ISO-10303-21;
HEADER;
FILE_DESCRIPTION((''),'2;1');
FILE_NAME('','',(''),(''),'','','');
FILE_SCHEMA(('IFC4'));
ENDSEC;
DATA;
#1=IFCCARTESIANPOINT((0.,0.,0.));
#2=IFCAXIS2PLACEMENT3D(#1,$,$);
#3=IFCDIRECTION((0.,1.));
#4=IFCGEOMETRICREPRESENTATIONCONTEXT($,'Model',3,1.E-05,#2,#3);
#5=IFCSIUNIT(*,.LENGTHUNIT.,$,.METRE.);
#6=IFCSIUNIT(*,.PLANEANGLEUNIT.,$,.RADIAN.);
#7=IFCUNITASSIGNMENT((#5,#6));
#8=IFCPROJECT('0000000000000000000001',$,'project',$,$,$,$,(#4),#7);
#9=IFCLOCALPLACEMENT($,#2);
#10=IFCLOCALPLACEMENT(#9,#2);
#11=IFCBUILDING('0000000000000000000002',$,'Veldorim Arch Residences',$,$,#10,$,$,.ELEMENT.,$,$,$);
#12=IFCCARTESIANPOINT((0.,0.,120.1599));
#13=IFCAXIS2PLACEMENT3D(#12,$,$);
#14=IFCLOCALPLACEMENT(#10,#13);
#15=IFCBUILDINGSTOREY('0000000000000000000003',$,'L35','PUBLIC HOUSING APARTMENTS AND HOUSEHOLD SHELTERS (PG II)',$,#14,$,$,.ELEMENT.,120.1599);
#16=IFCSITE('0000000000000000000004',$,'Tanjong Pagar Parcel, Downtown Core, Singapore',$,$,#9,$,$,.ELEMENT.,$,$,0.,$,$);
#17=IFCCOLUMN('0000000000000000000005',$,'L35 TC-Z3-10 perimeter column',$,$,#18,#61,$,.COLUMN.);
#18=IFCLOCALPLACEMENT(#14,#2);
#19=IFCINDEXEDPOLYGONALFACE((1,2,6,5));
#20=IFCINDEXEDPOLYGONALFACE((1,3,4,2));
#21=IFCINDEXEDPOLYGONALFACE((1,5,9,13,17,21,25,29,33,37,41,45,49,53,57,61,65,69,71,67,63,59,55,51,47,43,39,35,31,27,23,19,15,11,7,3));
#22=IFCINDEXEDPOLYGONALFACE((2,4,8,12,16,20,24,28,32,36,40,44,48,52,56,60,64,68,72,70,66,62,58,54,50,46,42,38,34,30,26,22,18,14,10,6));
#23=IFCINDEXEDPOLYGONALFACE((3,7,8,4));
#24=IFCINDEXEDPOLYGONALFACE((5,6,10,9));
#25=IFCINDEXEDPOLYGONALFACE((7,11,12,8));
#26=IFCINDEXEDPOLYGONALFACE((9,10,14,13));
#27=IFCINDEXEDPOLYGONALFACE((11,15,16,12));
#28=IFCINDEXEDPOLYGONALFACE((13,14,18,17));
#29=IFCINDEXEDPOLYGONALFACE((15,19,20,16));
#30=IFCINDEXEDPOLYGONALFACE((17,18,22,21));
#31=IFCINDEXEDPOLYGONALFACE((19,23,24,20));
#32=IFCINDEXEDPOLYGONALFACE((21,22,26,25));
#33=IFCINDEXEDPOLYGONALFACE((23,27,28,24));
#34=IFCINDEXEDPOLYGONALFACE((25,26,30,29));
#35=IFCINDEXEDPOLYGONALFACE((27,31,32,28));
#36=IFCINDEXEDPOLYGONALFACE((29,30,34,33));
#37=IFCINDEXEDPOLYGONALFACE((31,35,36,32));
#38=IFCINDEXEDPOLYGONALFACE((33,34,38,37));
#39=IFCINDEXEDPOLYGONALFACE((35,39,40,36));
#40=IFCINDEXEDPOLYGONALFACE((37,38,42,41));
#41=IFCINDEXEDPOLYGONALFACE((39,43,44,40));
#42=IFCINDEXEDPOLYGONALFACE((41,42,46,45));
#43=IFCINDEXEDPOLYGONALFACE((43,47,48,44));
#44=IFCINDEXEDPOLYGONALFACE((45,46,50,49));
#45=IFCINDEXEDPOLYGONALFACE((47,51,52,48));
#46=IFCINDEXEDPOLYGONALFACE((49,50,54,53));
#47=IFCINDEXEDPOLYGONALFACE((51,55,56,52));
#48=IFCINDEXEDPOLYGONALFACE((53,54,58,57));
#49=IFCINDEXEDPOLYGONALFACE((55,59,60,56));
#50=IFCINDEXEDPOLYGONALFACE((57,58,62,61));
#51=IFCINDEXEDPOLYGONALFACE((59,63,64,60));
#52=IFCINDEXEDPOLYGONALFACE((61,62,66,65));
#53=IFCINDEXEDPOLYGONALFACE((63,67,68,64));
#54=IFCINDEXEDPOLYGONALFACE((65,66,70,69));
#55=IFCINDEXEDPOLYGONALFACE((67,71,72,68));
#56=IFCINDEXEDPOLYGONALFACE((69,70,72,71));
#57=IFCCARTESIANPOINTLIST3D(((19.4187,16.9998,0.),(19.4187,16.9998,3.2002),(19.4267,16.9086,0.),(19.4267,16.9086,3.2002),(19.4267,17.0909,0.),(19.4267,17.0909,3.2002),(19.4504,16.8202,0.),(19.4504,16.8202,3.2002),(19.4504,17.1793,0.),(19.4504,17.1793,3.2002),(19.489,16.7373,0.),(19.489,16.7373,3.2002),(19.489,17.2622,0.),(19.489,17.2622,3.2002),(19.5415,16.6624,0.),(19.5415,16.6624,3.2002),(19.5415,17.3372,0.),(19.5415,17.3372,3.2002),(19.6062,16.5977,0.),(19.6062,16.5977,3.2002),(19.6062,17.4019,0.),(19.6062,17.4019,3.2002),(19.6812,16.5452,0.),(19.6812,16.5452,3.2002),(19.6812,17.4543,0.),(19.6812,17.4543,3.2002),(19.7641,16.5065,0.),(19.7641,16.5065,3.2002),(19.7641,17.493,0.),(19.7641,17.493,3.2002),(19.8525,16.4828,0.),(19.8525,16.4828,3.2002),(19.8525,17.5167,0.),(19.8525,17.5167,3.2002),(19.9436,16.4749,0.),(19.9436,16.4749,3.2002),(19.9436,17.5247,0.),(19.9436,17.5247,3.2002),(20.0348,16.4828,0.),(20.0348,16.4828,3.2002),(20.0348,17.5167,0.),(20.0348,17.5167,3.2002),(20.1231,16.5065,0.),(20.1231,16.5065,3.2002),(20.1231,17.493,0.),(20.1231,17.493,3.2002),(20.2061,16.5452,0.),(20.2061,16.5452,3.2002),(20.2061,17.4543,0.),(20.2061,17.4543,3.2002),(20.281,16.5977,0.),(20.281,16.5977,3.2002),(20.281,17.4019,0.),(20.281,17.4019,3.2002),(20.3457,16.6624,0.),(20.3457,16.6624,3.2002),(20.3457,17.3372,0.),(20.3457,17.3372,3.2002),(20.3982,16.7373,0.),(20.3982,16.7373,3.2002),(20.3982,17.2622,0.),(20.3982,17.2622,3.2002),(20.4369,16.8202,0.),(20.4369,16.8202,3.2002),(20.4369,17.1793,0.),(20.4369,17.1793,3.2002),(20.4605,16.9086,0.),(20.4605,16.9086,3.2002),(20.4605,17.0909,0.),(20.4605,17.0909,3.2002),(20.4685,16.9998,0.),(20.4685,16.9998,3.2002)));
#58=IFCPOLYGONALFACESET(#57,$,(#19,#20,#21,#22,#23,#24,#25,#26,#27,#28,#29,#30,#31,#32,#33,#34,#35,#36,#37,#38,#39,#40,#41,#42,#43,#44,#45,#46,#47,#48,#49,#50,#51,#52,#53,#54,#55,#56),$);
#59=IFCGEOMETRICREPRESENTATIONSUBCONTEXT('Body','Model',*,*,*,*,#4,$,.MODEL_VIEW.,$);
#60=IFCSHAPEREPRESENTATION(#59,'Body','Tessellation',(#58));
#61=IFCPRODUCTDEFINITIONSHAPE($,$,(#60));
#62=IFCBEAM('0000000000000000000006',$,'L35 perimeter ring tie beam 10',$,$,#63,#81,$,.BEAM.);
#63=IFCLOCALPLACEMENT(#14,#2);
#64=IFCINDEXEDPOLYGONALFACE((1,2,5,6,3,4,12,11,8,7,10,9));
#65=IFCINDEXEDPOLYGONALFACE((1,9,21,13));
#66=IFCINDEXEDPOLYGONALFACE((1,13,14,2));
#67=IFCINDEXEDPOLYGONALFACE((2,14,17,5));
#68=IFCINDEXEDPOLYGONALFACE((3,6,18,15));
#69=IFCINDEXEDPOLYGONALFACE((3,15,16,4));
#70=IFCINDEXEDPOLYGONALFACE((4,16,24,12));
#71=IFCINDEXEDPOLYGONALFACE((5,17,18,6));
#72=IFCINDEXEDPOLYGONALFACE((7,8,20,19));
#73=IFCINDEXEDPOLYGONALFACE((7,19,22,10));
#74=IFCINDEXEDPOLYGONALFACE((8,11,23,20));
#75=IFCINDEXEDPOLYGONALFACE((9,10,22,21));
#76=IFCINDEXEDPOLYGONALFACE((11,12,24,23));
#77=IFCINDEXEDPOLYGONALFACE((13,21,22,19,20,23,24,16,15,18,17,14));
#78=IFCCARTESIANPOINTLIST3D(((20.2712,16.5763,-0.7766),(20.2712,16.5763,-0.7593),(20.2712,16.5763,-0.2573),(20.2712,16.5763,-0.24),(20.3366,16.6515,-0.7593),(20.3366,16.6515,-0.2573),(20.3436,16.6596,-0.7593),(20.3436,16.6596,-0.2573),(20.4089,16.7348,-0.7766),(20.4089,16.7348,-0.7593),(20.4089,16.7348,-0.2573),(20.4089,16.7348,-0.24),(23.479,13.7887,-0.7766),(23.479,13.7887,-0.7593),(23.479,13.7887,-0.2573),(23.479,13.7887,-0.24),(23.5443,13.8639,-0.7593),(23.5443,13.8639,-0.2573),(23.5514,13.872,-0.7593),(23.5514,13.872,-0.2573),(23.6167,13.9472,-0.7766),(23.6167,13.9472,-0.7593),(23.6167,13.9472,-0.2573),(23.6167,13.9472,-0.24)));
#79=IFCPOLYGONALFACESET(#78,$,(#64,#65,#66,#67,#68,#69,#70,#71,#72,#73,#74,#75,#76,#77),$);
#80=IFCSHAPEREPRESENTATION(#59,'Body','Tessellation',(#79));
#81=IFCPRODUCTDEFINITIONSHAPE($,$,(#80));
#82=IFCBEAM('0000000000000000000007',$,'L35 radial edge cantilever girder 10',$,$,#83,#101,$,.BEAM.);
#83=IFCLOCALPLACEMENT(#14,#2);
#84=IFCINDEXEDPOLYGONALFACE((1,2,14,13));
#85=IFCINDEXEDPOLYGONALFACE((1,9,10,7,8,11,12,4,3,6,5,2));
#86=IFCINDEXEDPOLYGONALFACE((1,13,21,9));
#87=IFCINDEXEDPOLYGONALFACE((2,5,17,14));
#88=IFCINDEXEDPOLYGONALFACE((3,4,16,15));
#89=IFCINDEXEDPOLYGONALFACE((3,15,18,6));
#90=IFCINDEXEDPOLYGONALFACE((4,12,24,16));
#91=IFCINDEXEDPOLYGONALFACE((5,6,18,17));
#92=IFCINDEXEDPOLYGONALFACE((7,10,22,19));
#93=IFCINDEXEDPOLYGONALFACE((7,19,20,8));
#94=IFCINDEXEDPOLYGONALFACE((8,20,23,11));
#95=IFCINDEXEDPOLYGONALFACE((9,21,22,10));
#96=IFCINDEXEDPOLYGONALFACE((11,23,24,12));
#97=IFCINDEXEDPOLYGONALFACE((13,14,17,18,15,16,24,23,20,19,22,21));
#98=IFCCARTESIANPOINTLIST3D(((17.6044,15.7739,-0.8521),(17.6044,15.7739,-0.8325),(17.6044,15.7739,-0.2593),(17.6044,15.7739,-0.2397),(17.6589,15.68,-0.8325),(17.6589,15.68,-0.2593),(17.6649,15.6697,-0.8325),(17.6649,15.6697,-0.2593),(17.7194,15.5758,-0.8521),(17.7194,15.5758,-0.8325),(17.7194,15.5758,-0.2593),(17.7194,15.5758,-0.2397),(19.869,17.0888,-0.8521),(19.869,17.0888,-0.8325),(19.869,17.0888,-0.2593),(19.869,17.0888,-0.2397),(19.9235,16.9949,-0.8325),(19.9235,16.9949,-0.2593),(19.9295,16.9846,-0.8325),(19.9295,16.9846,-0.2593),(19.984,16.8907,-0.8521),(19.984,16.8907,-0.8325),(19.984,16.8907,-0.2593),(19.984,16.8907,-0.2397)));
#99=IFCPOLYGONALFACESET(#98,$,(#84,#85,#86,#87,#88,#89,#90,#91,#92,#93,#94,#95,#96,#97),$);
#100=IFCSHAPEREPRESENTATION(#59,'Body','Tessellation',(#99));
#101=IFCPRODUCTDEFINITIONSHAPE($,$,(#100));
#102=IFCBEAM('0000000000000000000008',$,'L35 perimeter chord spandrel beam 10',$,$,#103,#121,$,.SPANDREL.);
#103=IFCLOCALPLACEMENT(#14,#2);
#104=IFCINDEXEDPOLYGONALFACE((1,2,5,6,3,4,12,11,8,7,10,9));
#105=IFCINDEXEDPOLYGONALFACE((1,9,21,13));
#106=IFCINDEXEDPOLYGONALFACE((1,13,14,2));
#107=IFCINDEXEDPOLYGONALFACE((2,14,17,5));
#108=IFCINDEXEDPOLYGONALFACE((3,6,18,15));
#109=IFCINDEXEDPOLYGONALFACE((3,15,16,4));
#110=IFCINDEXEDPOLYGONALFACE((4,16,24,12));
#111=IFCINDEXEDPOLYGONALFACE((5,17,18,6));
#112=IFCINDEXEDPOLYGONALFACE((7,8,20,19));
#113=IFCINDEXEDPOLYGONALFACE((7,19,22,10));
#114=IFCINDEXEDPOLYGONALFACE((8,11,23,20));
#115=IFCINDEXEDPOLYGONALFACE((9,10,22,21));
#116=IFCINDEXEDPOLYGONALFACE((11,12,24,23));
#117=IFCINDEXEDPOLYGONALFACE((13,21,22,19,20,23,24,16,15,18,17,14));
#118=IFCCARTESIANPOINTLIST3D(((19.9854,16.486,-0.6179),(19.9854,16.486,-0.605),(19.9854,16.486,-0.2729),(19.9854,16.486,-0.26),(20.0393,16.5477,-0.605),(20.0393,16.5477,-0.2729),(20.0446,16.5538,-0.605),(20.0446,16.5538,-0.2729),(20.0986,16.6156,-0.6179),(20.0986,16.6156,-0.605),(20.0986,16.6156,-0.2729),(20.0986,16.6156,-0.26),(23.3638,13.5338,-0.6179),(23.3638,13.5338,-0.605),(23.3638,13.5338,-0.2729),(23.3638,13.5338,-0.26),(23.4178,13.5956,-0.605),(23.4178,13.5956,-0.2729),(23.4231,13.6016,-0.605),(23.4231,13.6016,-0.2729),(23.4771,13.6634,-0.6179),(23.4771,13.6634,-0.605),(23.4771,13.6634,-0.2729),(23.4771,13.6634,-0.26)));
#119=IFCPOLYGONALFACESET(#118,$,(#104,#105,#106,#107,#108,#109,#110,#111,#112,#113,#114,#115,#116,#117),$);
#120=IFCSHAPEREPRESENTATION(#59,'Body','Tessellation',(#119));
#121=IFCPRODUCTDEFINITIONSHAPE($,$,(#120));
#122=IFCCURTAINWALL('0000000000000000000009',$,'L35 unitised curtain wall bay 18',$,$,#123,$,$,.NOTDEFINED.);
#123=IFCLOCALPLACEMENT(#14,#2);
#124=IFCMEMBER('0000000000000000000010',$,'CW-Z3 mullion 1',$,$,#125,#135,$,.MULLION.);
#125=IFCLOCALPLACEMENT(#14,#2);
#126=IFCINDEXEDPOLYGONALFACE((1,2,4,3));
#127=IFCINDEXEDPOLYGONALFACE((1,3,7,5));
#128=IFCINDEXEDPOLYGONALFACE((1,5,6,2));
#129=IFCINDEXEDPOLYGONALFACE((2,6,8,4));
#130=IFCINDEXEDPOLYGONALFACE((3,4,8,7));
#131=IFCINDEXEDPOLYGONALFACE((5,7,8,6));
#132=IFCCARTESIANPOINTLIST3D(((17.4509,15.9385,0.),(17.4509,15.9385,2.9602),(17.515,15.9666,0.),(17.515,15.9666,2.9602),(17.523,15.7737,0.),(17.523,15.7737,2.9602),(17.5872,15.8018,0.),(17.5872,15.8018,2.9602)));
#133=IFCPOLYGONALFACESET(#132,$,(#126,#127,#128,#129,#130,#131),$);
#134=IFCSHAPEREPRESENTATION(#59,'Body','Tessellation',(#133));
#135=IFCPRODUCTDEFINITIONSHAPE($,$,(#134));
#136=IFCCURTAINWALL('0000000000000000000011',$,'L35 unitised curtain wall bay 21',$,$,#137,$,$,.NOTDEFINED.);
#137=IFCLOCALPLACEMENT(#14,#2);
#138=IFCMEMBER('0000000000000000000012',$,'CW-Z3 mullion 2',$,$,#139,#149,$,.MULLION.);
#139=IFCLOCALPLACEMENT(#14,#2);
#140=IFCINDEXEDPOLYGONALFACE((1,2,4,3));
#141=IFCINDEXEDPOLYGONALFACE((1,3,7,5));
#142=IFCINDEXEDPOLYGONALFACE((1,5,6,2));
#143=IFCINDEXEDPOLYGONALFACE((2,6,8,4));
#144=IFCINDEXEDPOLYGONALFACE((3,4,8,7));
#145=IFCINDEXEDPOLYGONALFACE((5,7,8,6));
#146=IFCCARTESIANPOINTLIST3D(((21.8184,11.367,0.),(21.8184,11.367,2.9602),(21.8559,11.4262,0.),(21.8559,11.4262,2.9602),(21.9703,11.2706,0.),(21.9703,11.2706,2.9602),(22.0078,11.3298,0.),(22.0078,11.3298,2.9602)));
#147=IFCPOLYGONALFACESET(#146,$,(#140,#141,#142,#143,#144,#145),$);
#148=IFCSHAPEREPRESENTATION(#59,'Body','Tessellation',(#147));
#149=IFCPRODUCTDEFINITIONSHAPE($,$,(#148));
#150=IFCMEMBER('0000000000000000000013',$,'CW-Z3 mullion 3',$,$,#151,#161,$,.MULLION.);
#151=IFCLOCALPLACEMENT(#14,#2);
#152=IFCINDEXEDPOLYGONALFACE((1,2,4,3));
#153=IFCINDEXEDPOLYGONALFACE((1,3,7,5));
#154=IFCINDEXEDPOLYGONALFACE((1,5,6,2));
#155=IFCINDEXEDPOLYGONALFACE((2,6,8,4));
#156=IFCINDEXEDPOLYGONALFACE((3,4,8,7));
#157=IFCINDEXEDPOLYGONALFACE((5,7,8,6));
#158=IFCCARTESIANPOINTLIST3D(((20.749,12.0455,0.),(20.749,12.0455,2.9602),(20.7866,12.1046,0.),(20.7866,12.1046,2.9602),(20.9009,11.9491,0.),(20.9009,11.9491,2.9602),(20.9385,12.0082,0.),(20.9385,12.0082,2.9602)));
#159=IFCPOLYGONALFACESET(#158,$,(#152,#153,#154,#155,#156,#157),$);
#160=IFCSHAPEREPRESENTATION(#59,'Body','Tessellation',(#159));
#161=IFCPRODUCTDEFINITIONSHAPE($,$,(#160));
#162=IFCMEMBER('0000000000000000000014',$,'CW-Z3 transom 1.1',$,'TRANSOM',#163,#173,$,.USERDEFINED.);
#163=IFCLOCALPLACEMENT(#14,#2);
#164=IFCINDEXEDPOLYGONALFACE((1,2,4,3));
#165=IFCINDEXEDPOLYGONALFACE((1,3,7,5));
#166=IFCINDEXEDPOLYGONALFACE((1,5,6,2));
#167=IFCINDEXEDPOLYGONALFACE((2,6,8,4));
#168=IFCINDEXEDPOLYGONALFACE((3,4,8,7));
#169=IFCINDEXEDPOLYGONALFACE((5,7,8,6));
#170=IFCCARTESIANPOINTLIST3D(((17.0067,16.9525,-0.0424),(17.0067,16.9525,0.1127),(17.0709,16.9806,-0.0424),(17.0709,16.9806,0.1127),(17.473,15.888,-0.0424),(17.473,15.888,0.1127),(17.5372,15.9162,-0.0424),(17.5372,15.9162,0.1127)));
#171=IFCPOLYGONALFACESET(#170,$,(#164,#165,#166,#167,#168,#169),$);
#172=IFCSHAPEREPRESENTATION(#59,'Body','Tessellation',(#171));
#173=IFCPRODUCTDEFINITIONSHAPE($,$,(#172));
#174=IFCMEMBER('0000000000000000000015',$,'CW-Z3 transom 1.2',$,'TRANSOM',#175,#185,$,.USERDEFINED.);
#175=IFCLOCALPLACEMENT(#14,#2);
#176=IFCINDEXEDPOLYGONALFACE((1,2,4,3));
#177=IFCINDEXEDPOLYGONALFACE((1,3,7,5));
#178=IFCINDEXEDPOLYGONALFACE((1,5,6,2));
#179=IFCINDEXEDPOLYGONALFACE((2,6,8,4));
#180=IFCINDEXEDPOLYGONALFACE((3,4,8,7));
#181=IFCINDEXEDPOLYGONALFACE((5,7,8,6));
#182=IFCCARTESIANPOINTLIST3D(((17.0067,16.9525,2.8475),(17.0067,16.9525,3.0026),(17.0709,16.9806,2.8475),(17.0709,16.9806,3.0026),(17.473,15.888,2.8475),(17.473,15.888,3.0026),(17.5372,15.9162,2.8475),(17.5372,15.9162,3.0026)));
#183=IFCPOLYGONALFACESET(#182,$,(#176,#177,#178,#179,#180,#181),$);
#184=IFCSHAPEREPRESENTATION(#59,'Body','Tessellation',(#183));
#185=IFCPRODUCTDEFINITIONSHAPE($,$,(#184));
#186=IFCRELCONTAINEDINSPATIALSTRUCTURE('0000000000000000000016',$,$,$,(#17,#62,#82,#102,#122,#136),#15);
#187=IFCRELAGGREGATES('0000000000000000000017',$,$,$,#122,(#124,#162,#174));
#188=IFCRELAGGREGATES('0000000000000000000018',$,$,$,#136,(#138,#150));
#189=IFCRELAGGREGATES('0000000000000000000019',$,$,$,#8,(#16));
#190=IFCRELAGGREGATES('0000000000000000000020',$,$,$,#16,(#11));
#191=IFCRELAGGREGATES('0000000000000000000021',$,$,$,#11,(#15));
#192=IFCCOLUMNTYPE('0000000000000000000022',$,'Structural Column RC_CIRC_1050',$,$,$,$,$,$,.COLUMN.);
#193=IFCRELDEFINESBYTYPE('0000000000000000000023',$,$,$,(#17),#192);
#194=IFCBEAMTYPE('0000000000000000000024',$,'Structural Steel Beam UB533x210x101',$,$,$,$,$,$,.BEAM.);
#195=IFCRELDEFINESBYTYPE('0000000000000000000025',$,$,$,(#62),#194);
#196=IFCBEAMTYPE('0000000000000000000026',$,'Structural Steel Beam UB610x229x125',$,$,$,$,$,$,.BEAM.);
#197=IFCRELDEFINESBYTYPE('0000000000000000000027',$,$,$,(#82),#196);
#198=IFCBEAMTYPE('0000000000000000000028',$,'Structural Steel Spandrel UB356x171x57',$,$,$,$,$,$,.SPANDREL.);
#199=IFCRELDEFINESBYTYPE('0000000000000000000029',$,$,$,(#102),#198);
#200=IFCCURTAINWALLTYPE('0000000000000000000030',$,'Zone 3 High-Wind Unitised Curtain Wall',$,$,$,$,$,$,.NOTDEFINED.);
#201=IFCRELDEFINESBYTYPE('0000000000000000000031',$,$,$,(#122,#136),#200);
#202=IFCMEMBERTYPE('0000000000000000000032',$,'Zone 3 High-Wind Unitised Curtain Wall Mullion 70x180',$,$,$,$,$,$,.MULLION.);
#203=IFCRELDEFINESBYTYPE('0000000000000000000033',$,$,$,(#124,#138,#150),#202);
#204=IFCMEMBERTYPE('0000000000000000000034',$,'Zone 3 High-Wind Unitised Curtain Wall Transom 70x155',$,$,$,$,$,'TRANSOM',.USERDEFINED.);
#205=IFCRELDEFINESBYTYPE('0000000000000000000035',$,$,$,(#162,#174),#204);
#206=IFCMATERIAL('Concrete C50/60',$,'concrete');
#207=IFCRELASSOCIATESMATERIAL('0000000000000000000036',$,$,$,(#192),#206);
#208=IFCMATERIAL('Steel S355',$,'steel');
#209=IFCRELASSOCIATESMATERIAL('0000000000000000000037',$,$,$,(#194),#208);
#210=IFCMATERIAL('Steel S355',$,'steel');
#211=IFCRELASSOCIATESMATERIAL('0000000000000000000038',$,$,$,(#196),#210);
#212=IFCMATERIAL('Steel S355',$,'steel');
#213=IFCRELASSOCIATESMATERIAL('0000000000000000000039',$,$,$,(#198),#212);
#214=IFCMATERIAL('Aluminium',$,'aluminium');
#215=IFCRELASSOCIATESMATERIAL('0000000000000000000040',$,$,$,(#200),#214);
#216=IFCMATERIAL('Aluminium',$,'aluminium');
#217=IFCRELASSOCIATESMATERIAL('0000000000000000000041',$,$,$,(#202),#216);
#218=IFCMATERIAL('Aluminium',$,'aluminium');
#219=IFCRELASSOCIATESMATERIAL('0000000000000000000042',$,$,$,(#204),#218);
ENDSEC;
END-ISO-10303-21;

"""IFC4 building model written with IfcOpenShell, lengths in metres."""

from ifc_helpers import new_model, si_unit, direction, frame, origin, origin_2d, place, context, subcontext, project, spatial, rectangle, circle, i_section, extrude, material, material_profile, profile_set, type_object, element, aggregate, save


model = new_model("IFC4")

# Units and contexts
model_context = context("Model", 3, precision=1e-05, world=origin(), true_north=direction((0.0, 1.0)))
body_context = subcontext(model_context, "Body", "Model", "MODEL_VIEW")
ifc_project = project(units=[si_unit("LENGTHUNIT", "METRE"), si_unit("PLANEANGLEUNIT", "RADIAN")], contexts=[model_context])

# Site, building, storey
site_placement = place(None, origin())
site = spatial("IfcSite", under=ifc_project, at=site_placement, Name="Tanjong Pagar Parcel, Downtown Core, Singapore", CompositionType="ELEMENT", RefElevation=0.0)
building_placement = place(site_placement, origin())
building = spatial("IfcBuilding", under=site, at=building_placement, Name="Veldorim Arch Residences", CompositionType="ELEMENT")
storey_placement = place(building_placement, frame((0.0, 0.0, 120.1599)))
storey = spatial("IfcBuildingStorey", under=building, at=storey_placement, Name="L35", Description="PUBLIC HOUSING APARTMENTS AND HOUSEHOLD SHELTERS (PG II)", CompositionType="ELEMENT", Elevation=120.1599)

# Column
ifc_material_1 = material(Name="Concrete C50/60", Category="concrete")
ifc_material_profile_1 = material_profile(ifc_material_1, circle(Radius=0.5249, at=origin_2d()), Name="RC_CIRC_1050")
ifc_profile_set_1 = profile_set([ifc_material_profile_1], Name="Concrete C50/60")
column_type = type_object("IfcColumnType", Name="Structural Column RC_CIRC_1050", PredefinedType="COLUMN", material=ifc_profile_set_1)
column_placement = place(storey_placement, frame((19.9436, 16.9998, 0.0), z_axis=(0.0, 0.0, 1.0), x_axis=(1.0, 0.0, 0.0)))
element("IfcColumn", 1, at=column_placement, inside=storey, type_object=column_type, Name="L35 TC-Z3-10 perimeter column", PredefinedType="COLUMN", context=body_context, shape_type="SweptSolid", body=[
    extrude(circle(Radius=0.5249, at=origin_2d()), origin(), (0.0, 0.0, 1.0), 3.2002),
])

# Beams
ifc_material_2 = material(Name="Steel S355", Category="steel")
ifc_material_profile_2 = material_profile(ifc_material_2, i_section(OverallWidth=0.21, OverallDepth=0.5366, WebThickness=0.0107, FlangeThickness=0.0173, at=origin_2d()), Name="UB533x210x101")
ifc_profile_set_2 = profile_set([ifc_material_profile_2], Name="Steel S355")
beam_type_1 = type_object("IfcBeamType", Name="Structural Steel Beam UB533x210x101", PredefinedType="BEAM", material=ifc_profile_set_2)
beam_1_placement = place(storey_placement, frame((20.3401, 16.6555, -0.5083), z_axis=(0.754811, -0.655943, 0.0), x_axis=(0.655943, 0.754811, 0.0)))
element("IfcBeam", 2, at=beam_1_placement, inside=storey, type_object=beam_type_1, Name="L35 perimeter ring tie beam 10", PredefinedType="BEAM", context=body_context, shape_type="SweptSolid", body=[
    extrude(i_section(OverallWidth=0.21, OverallDepth=0.5366, WebThickness=0.0107, FlangeThickness=0.0173, at=origin_2d()), origin(), (0.0, 0.0, 1.0), 4.2498),
])
ifc_material_3 = material(Name="Steel S355", Category="steel")
ifc_material_profile_3 = material_profile(ifc_material_3, i_section(OverallWidth=0.229, OverallDepth=0.6123, WebThickness=0.012, FlangeThickness=0.0195, at=origin_2d()), Name="UB610x229x125")
ifc_profile_set_3 = profile_set([ifc_material_profile_3], Name="Steel S355")
beam_type_2 = type_object("IfcBeamType", Name="Structural Steel Beam UB610x229x125", PredefinedType="BEAM", material=ifc_profile_set_3)
beam_2_placement = place(storey_placement, frame((19.9265, 16.9897, -0.5459), z_axis=(-0.864792, -0.502131, 0.0), x_axis=(0.502131, -0.864792, 0.0)))
element("IfcBeam", 3, at=beam_2_placement, inside=storey, type_object=beam_type_2, Name="L35 radial edge cantilever girder 10", PredefinedType="BEAM", context=body_context, shape_type="SweptSolid", body=[
    extrude(i_section(OverallWidth=0.229, OverallDepth=0.6123, WebThickness=0.012, FlangeThickness=0.0195, at=origin_2d()), origin(), (0.0, 0.0, 1.0), 2.6187),
])
ifc_material_4 = material(Name="Steel S355", Category="steel")
ifc_material_profile_4 = material_profile(ifc_material_4, i_section(OverallWidth=0.1721, OverallDepth=0.3579, WebThickness=0.0081, FlangeThickness=0.0129, at=origin_2d()), Name="UB356x171x57")
ifc_profile_set_4 = profile_set([ifc_material_profile_4], Name="Steel S355")
beam_type_3 = type_object("IfcBeamType", Name="Structural Steel Spandrel UB356x171x57", PredefinedType="SPANDREL", material=ifc_profile_set_4)
beam_3_placement = place(storey_placement, frame((20.042, 16.5508, -0.439), z_axis=(0.753015, -0.658004, 0.0), x_axis=(0.658004, 0.753015, 0.0)))
element("IfcBeam", 4, at=beam_3_placement, inside=storey, type_object=beam_type_3, Name="L35 perimeter chord spandrel beam 10", PredefinedType="SPANDREL", context=body_context, shape_type="SweptSolid", body=[
    extrude(i_section(OverallWidth=0.1721, OverallDepth=0.3579, WebThickness=0.0081, FlangeThickness=0.0129, at=origin_2d()), origin(), (0.0, 0.0, 1.0), 4.4866),
])

# Curtain wall, member
ifc_material_5 = material(Name="Aluminium", Category="aluminium")
curtain_wall_type = type_object("IfcCurtainWallType", Name="Zone 3 High-Wind Unitised Curtain Wall", PredefinedType="NOTDEFINED", material=ifc_material_5)
curtain_wall_1_placement = place(storey_placement, origin())
curtain_wall_1 = element("IfcCurtainWall", 5, at=curtain_wall_1_placement, inside=storey, type_object=curtain_wall_type, Name="L35 unitised curtain wall bay 18", PredefinedType="NOTDEFINED")
ifc_material_6 = material(Name="Aluminium", Category="aluminium")
ifc_material_profile_5 = material_profile(ifc_material_6, rectangle(XDim=0.0701, YDim=0.1799, at=origin_2d()), Name="ALU_MUL_70x180")
ifc_profile_set_5 = profile_set([ifc_material_profile_5], Name="Aluminium")
member_type_1 = type_object("IfcMemberType", Name="Zone 3 High-Wind Unitised Curtain Wall Mullion 70x180", PredefinedType="MULLION", material=ifc_profile_set_5)
member_1_placement = place(storey_placement, frame((17.519, 15.8701, 0.0), z_axis=(0.0, 0.0, 1.0), x_axis=(-0.915987, -0.401208, 0.0)))
member_1 = element("IfcMember", 6, at=member_1_placement, type_object=member_type_1, Name="CW-Z3 mullion 1", PredefinedType="MULLION", context=body_context, shape_type="SweptSolid", body=[
    extrude(rectangle(XDim=0.0701, YDim=0.1799, at=origin_2d()), origin(), (0.0, 0.0, 1.0), 2.9602),
])

# Curtain wall, members
curtain_wall_2_placement = place(storey_placement, origin())
curtain_wall_2 = element("IfcCurtainWall", 7, at=curtain_wall_2_placement, inside=storey, type_object=curtain_wall_type, Name="L35 unitised curtain wall bay 21", PredefinedType="NOTDEFINED")
member_2_placement = place(storey_placement, frame((21.9131, 11.3484, 0.0), z_axis=(0.0, 0.0, 1.0), x_axis=(-0.535754, -0.844374, 0.0)))
member_2 = element("IfcMember", 8, at=member_2_placement, type_object=member_type_1, Name="CW-Z3 mullion 2", PredefinedType="MULLION", context=body_context, shape_type="SweptSolid", body=[
    extrude(rectangle(XDim=0.0701, YDim=0.1799, at=origin_2d()), origin(), (0.0, 0.0, 1.0), 2.9602),
])
member_3_placement = place(storey_placement, frame((20.8438, 12.0269, 0.0), z_axis=(0.0, 0.0, 1.0), x_axis=(-0.535754, -0.844374, 0.0)))
member_3 = element("IfcMember", 9, at=member_3_placement, type_object=member_type_1, Name="CW-Z3 mullion 3", PredefinedType="MULLION", context=body_context, shape_type="SweptSolid", body=[
    extrude(rectangle(XDim=0.0701, YDim=0.1799, at=origin_2d()), origin(), (0.0, 0.0, 1.0), 2.9602),
])

# Members
ifc_material_7 = material(Name="Aluminium", Category="aluminium")
ifc_material_profile_6 = material_profile(ifc_material_7, rectangle(XDim=0.0701, YDim=0.155, at=origin_2d()), Name="ALU_TRN_70x155")
ifc_profile_set_6 = profile_set([ifc_material_profile_6], Name="Aluminium")
member_type_2 = type_object("IfcMemberType", Name="Zone 3 High-Wind Unitised Curtain Wall Transom 70x155", ElementType="TRANSOM", PredefinedType="USERDEFINED", material=ifc_profile_set_6)
member_4_placement = place(storey_placement, frame((17.5051, 15.9021, 0.0352), z_axis=(-0.40126, 0.915964, 0.0), x_axis=(-0.915964, -0.40126, 0.0)))
member_4 = element("IfcMember", 10, at=member_4_placement, type_object=member_type_2, Name="CW-Z3 transom 1.1", ObjectType="TRANSOM", PredefinedType="USERDEFINED", context=body_context, shape_type="SweptSolid", body=[
    extrude(rectangle(XDim=0.0701, YDim=0.155, at=origin_2d()), origin(), (0.0, 0.0, 1.0), 1.1621),
])
member_5_placement = place(storey_placement, frame((17.5051, 15.9021, 2.925), z_axis=(-0.40126, 0.915964, 0.0), x_axis=(-0.915964, -0.40126, 0.0)))
member_5 = element("IfcMember", 11, at=member_5_placement, type_object=member_type_2, Name="CW-Z3 transom 1.2", ObjectType="TRANSOM", PredefinedType="USERDEFINED", context=body_context, shape_type="SweptSolid", body=[
    extrude(rectangle(XDim=0.0701, YDim=0.155, at=origin_2d()), origin(), (0.0, 0.0, 1.0), 1.1621),
])
aggregate(curtain_wall_1, [member_1, member_4, member_5])

aggregate(curtain_wall_2, [member_2, member_3])

save(model, "model.ifc")
